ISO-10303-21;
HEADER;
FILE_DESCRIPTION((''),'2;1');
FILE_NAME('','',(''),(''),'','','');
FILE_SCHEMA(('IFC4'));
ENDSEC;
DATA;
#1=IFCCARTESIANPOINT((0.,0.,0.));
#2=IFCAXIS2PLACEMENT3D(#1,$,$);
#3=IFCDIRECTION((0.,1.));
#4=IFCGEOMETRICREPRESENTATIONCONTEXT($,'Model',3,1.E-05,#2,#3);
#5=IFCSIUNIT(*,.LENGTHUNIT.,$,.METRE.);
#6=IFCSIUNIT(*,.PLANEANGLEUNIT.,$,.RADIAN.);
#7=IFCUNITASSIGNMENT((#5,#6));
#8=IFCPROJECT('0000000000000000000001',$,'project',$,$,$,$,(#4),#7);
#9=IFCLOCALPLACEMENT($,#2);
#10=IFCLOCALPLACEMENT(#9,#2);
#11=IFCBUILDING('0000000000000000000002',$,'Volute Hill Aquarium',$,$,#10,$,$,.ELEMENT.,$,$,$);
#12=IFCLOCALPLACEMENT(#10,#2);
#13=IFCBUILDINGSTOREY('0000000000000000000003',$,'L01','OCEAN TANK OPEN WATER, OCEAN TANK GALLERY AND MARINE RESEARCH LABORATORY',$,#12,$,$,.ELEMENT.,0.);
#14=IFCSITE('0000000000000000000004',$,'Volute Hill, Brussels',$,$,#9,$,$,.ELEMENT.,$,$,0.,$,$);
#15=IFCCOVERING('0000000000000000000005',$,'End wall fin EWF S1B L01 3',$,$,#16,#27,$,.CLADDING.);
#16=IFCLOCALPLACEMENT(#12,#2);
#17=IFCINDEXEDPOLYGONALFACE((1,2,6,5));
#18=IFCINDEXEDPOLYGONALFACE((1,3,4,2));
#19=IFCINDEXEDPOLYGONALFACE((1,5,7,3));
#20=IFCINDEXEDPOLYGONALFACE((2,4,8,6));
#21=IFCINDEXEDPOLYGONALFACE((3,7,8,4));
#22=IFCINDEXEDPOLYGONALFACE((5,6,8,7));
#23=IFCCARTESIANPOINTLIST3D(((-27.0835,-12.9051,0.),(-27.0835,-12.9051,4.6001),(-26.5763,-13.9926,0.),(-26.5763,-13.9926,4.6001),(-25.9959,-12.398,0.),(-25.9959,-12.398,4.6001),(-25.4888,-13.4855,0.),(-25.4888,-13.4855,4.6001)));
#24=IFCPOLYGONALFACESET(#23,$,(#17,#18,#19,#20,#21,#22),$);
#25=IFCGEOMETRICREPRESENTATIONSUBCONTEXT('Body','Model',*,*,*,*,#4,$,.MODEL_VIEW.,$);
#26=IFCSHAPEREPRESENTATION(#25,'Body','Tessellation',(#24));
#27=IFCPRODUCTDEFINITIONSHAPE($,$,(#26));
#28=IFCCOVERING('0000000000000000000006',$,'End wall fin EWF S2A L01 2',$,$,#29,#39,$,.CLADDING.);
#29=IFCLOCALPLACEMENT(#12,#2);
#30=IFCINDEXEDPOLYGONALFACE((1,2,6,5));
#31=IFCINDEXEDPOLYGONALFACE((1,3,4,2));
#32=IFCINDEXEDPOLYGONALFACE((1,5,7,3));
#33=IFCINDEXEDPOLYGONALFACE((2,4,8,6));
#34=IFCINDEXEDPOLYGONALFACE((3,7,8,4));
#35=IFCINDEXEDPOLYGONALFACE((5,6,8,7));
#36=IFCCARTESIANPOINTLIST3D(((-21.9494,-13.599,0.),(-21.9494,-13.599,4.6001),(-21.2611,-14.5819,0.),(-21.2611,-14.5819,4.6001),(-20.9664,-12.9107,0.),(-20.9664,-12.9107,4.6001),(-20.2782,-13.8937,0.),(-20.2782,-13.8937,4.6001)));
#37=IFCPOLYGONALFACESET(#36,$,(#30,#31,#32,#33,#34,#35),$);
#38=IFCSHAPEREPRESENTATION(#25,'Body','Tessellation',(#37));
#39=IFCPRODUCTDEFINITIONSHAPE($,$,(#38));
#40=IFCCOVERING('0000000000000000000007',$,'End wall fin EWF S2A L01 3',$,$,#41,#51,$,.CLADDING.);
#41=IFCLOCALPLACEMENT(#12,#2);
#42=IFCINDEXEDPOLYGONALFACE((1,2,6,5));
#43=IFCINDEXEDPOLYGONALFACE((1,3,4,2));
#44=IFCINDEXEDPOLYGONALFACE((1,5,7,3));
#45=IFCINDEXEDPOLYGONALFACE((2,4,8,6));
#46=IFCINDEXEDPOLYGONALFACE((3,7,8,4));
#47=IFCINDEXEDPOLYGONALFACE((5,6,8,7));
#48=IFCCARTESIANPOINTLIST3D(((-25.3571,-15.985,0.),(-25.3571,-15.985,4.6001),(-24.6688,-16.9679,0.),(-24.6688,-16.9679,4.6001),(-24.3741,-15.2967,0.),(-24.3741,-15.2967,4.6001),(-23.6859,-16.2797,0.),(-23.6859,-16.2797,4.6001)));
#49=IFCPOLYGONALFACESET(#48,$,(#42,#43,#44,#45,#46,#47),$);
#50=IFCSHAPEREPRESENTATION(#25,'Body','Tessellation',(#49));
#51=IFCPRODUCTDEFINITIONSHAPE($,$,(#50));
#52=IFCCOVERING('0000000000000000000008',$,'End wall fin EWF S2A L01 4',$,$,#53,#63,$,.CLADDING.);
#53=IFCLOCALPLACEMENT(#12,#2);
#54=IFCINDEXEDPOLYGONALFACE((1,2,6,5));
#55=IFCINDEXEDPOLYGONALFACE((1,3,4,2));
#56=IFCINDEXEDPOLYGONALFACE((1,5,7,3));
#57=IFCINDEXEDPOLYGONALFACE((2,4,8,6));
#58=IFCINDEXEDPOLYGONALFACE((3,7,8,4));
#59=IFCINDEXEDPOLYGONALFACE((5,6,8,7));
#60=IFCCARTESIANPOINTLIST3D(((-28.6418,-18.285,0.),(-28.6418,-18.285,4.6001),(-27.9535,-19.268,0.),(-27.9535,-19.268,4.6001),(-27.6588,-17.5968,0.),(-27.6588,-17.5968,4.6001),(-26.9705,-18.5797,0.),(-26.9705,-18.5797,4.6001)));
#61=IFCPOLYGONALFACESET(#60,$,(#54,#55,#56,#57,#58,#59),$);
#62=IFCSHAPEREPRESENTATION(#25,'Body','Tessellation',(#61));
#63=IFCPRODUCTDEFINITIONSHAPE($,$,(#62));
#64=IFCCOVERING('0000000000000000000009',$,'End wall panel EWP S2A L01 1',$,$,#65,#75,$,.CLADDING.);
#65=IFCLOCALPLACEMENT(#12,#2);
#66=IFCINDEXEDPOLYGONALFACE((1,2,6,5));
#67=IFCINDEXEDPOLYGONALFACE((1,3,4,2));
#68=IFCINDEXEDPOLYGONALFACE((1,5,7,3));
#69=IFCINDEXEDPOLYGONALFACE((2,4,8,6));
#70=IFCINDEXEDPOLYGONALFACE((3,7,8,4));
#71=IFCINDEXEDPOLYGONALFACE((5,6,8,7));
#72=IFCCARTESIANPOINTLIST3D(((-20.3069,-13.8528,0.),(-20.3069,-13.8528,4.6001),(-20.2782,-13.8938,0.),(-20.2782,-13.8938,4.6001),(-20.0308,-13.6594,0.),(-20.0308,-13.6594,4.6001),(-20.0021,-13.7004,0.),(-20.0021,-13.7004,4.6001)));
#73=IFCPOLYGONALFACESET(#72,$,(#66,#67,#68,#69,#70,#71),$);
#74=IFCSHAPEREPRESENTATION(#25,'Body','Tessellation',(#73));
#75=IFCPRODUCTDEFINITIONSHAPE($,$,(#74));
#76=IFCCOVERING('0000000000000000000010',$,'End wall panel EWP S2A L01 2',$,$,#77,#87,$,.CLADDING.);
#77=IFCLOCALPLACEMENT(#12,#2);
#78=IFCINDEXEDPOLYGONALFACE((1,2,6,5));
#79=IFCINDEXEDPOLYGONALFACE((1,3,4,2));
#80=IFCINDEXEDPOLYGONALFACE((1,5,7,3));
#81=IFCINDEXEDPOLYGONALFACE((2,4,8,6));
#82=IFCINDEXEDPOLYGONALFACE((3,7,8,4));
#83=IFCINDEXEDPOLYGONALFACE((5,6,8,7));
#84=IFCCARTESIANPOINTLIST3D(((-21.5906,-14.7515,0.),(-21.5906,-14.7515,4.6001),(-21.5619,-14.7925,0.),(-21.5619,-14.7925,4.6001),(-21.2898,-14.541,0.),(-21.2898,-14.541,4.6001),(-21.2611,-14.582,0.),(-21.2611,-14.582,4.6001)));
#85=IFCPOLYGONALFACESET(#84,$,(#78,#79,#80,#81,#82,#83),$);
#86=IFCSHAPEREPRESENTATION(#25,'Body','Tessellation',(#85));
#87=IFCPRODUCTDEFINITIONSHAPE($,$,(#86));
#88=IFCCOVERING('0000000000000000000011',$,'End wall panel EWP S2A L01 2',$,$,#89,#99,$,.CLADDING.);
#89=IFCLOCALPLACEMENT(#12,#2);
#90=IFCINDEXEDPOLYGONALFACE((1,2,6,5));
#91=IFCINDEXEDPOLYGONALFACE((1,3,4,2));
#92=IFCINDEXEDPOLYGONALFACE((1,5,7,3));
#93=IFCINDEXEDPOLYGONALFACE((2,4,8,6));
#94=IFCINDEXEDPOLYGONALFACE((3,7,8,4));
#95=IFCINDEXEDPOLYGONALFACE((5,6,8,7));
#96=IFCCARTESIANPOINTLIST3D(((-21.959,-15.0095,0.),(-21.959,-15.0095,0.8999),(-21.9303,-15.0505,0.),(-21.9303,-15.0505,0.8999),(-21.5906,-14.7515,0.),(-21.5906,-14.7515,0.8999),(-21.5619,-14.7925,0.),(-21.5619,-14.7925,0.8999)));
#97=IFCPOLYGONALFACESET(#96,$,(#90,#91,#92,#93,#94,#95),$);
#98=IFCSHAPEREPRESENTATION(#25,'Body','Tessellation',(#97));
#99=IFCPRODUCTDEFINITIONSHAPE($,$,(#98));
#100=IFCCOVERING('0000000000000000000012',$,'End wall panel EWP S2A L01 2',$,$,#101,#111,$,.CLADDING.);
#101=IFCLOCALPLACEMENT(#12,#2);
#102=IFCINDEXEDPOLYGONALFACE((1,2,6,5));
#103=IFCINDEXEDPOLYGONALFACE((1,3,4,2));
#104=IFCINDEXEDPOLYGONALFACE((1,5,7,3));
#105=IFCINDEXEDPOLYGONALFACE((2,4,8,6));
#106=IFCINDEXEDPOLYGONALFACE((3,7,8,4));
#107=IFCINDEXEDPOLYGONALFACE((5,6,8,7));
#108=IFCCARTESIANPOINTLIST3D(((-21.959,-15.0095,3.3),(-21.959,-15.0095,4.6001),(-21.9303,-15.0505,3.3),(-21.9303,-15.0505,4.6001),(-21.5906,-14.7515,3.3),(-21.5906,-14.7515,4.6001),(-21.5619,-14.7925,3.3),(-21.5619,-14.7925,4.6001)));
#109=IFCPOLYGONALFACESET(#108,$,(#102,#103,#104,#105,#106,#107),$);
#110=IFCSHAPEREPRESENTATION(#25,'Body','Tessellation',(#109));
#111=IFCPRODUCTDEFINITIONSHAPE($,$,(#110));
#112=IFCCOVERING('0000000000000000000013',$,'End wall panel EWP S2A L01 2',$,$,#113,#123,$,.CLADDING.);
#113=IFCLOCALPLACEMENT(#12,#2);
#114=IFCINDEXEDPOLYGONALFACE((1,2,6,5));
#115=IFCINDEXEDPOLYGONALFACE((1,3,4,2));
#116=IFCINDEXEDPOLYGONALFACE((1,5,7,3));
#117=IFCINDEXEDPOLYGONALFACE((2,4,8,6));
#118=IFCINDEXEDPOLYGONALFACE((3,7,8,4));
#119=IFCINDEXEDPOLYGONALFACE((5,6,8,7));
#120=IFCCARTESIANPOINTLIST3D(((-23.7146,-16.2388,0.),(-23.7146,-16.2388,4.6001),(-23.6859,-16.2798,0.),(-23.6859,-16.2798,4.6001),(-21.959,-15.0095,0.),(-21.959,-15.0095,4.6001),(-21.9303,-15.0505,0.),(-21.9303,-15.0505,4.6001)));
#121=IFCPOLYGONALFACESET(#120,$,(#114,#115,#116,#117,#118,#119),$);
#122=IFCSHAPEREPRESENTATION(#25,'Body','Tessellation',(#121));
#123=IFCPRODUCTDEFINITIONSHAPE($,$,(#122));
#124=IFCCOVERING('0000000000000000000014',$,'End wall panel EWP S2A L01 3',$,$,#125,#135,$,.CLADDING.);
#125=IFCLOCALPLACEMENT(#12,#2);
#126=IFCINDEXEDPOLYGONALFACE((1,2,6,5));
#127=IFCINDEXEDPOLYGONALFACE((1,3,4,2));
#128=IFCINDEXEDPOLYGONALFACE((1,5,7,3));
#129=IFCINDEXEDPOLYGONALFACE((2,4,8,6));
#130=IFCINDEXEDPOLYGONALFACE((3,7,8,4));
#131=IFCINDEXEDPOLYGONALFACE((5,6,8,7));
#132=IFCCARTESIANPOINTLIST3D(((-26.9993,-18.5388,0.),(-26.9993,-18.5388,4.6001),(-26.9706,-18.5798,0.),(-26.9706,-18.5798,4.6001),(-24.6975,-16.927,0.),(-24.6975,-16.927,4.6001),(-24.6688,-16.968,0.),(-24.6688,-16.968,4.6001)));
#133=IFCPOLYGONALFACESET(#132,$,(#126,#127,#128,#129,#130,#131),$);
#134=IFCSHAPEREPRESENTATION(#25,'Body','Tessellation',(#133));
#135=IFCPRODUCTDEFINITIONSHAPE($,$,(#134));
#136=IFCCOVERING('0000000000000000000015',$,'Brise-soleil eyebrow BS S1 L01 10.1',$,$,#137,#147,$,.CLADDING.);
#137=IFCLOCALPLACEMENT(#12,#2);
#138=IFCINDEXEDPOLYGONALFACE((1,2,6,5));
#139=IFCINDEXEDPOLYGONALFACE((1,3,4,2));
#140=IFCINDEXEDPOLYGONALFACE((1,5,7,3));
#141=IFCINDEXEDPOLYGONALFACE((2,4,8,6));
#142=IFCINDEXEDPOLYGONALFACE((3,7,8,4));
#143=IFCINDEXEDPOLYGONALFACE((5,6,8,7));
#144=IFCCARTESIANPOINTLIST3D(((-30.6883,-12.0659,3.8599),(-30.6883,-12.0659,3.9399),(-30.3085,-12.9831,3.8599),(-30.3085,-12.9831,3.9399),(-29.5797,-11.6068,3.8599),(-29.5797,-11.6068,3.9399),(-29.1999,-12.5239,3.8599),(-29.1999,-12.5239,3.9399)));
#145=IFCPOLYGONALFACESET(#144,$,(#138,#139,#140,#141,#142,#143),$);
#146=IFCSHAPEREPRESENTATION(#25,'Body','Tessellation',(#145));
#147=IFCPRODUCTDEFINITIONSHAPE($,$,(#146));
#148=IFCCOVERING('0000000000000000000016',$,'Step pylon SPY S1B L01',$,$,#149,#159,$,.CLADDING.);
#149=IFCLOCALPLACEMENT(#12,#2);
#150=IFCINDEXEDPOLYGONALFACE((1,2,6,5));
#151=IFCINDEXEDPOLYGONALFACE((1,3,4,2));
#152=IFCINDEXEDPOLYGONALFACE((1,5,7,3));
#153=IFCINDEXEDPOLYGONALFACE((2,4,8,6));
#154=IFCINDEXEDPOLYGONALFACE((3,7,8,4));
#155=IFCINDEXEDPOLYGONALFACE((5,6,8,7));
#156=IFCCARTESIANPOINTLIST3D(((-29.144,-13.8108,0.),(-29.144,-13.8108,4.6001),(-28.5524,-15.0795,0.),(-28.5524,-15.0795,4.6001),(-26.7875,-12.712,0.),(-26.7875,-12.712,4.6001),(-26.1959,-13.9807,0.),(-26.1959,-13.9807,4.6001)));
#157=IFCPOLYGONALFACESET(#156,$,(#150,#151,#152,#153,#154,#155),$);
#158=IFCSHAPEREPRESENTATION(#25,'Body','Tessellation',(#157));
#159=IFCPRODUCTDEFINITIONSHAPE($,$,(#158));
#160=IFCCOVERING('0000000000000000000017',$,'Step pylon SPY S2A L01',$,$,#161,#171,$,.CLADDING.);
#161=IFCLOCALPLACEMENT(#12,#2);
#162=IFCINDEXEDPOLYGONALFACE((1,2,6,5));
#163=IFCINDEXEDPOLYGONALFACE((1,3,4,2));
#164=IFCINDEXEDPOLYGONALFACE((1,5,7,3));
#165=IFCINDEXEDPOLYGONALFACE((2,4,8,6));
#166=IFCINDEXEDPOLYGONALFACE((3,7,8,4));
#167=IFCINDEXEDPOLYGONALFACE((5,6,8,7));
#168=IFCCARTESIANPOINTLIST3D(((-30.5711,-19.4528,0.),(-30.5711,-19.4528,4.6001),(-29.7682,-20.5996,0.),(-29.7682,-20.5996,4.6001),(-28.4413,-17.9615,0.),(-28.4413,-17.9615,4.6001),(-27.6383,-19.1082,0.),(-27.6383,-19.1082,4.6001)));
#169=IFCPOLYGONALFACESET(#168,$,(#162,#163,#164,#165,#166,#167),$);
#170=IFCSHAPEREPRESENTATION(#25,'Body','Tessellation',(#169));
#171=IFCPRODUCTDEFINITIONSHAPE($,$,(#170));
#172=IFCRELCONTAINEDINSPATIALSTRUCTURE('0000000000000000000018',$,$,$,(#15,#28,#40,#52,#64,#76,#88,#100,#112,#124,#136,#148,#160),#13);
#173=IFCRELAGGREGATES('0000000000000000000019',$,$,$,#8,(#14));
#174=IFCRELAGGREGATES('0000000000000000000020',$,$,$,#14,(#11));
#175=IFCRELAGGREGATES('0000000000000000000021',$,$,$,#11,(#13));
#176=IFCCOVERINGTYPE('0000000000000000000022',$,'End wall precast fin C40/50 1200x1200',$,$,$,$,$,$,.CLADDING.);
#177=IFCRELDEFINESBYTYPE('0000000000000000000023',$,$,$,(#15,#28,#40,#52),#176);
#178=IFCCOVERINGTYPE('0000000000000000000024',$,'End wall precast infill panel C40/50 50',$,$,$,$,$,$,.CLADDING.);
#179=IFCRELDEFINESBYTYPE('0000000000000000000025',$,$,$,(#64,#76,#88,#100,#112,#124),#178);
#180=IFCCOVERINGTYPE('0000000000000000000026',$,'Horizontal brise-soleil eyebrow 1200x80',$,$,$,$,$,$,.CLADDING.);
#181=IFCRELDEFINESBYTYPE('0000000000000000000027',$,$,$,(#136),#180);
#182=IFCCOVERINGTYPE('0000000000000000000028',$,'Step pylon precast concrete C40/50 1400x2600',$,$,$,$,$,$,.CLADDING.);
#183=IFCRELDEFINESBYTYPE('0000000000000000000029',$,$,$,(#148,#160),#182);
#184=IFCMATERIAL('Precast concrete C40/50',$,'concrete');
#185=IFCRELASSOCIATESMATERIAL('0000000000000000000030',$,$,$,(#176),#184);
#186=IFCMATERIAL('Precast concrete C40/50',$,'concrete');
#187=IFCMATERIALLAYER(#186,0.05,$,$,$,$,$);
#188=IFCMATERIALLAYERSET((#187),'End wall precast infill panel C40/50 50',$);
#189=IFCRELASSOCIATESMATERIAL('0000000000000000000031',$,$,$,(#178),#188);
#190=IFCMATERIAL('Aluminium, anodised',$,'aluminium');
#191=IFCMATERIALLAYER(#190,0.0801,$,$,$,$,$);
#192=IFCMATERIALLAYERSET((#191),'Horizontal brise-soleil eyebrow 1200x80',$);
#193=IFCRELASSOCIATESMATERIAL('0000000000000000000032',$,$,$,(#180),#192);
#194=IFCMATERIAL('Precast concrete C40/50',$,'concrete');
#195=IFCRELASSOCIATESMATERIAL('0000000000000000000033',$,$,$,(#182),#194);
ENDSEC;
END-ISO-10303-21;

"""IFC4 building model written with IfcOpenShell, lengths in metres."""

from ifc_helpers import new_model, si_unit, direction, frame, origin, origin_2d, place, context, subcontext, project, spatial, polyline, rectangle, outline, extrude, material, layer, layer_set, type_object, element, save


model = new_model("IFC4")

# Units and contexts
model_context = context("Model", 3, precision=1e-05, world=origin(), true_north=direction((0.0, 1.0)))
body_context = subcontext(model_context, "Body", "Model", "MODEL_VIEW")
ifc_project = project(units=[si_unit("LENGTHUNIT", "METRE"), si_unit("PLANEANGLEUNIT", "RADIAN")], contexts=[model_context])

# Site, building, storey
site_placement = place(None, origin())
site = spatial("IfcSite", under=ifc_project, at=site_placement, Name="Volute Hill, Brussels", CompositionType="ELEMENT", RefElevation=0.0)
building_placement = place(site_placement, origin())
building = spatial("IfcBuilding", under=site, at=building_placement, Name="Volute Hill Aquarium", CompositionType="ELEMENT")
storey_placement = place(building_placement, origin())
storey = spatial("IfcBuildingStorey", under=building, at=storey_placement, Name="L01", Description="OCEAN TANK OPEN WATER, OCEAN TANK GALLERY AND MARINE RESEARCH LABORATORY", CompositionType="ELEMENT", Elevation=0.0)

# Coverings
ifc_material_1 = material(Name="Precast concrete C40/50", Category="concrete")
covering_type_1 = type_object("IfcCoveringType", Name="End wall precast fin C40/50 1200x1200", PredefinedType="CLADDING", material=ifc_material_1)
for number, where, z_axis, x_axis, name in (
    (1, (-26.2861, -13.1953, 0.0), (0.0, 0.0, 1.0), (-0.906304, -0.422626, 0.0), "End wall fin EWF S1B L01 3"),
    (2, (-21.1138, -13.7463, 0.0), (0.0, 0.0, 1.0), (-0.819154, -0.573574, 0.0), "End wall fin EWF S2A L01 2"),
    (3, (-24.5215, -16.1323, 0.0), (0.0, 0.0, 1.0), (-0.819154, -0.573574, 0.0), "End wall fin EWF S2A L01 3"),
    (4, (-27.8062, -18.4324, 0.0), (0.0, 0.0, 1.0), (-0.819154, -0.573574, 0.0), "End wall fin EWF S2A L01 4"),
):
    element("IfcCovering", number, at=place(storey_placement, frame(where, z_axis=z_axis, x_axis=x_axis)), inside=storey, type_object=covering_type_1, Name=name, PredefinedType="CLADDING", context=body_context, shape_type="SweptSolid", body=[
        extrude(rectangle(XDim=1.2, YDim=1.2, at=origin_2d()), origin(), (0.0, 0.0, 1.0), 4.6001),
    ])
ifc_material_2 = material(Name="Precast concrete C40/50", Category="concrete")
ifc_layer_1 = layer(ifc_material_2, 0.05)
ifc_layer_set_1 = layer_set([ifc_layer_1], Name="End wall precast infill panel C40/50 50")
covering_type_2 = type_object("IfcCoveringType", Name="End wall precast infill panel C40/50 50", PredefinedType="CLADDING", material=ifc_layer_set_1)
covering_1_placement = place(storey_placement, frame((-20.0308, -13.6594, 0.0), z_axis=(-0.573608, 0.81913, 0.0), x_axis=(-0.81913, -0.573608, 0.0)))
element("IfcCovering", 5, at=covering_1_placement, inside=storey, type_object=covering_type_2, Name="End wall panel EWP S2A L01 1", PredefinedType="CLADDING", context=body_context, shape_type="SweptSolid", body=[
    extrude(outline(polyline([(0.0, 0.0), (0.3371, 0.0), (0.3371, 4.6001), (0.0, 4.6001), (0.0, 0.0)])), origin(), (0.0, 0.0, -1.0), 0.05),
])
covering_2_placement = place(storey_placement, frame((-21.2898, -14.541, 0.0), z_axis=(-0.573284, 0.819357, 0.0), x_axis=(-0.819357, -0.573284, 0.0)))
element("IfcCovering", 6, at=covering_2_placement, inside=storey, type_object=covering_type_2, Name="End wall panel EWP S2A L01 2", PredefinedType="CLADDING", context=body_context, shape_type="SweptSolid", body=[
    extrude(outline(polyline([(0.0, 0.0), (0.3671, 0.0), (0.3671, 4.6001), (0.0, 4.6001), (0.0, 0.0)])), origin(), (0.0, 0.0, -1.0), 0.05),
])
covering_3_placement = place(storey_placement, frame((-21.5906, -14.7515, 0.0), z_axis=(-0.573717, 0.819053, 0.0), x_axis=(-0.819053, -0.573717, 0.0)))
element("IfcCovering", 7, at=covering_3_placement, inside=storey, type_object=covering_type_2, Name="End wall panel EWP S2A L01 2", PredefinedType="CLADDING", context=body_context, shape_type="SweptSolid", body=[
    extrude(outline(polyline([(0.0, 0.0), (0.4498, 0.0), (0.4498, 0.8999), (0.0, 0.8999), (0.0, 0.0)])), origin(), (0.0, 0.0, -1.0), 0.05),
])
covering_4_placement = place(storey_placement, frame((-21.5906, -14.7515, 3.3), z_axis=(-0.573717, 0.819053, 0.0), x_axis=(-0.819053, -0.573717, 0.0)))
element("IfcCovering", 8, at=covering_4_placement, inside=storey, type_object=covering_type_2, Name="End wall panel EWP S2A L01 2", PredefinedType="CLADDING", context=body_context, shape_type="SweptSolid", body=[
    extrude(outline(polyline([(0.0, 0.0), (0.4498, 0.0), (0.4498, 1.3), (0.0, 1.3), (0.0, 0.0)])), origin(), (0.0, 0.0, -1.0), 0.05),
])
covering_5_placement = place(storey_placement, frame((-21.959, -15.0095, 0.0), z_axis=(-0.573562, 0.819162, 0.0), x_axis=(-0.819162, -0.573562, 0.0)))
element("IfcCovering", 9, at=covering_5_placement, inside=storey, type_object=covering_type_2, Name="End wall panel EWP S2A L01 2", PredefinedType="CLADDING", context=body_context, shape_type="SweptSolid", body=[
    extrude(outline(polyline([(0.0, 0.0), (2.1432, 0.0), (2.1432, 4.6001), (0.0, 4.6001), (0.0, 0.0)])), origin(), (0.0, 0.0, -1.0), 0.05),
])
covering_6_placement = place(storey_placement, frame((-24.6975, -16.927, 0.0), z_axis=(-0.573602, 0.819134, 0.0), x_axis=(-0.819134, -0.573602, 0.0)))
element("IfcCovering", 10, at=covering_6_placement, inside=storey, type_object=covering_type_2, Name="End wall panel EWP S2A L01 3", PredefinedType="CLADDING", context=body_context, shape_type="SweptSolid", body=[
    extrude(outline(polyline([(0.0, 0.0), (2.81, 0.0), (2.81, 4.6001), (0.0, 4.6001), (0.0, 0.0)])), origin(), (0.0, 0.0, -1.0), 0.05),
])

# Coverings
ifc_material_3 = material(Name="Aluminium, anodised", Category="aluminium")
ifc_layer_2 = layer(ifc_material_3, 0.0801)
ifc_layer_set_2 = layer_set([ifc_layer_2], Name="Horizontal brise-soleil eyebrow 1200x80")
covering_type_3 = type_object("IfcCoveringType", Name="Horizontal brise-soleil eyebrow 1200x80", PredefinedType="CLADDING", material=ifc_layer_set_2)
covering_7_placement = place(storey_placement, frame((-29.9441, -12.2949, 3.8599), z_axis=(0.0, 0.0, 1.0), x_axis=(0.382662, -0.923889, 0.0)))
element("IfcCovering", 11, at=covering_7_placement, inside=storey, type_object=covering_type_3, Name="Brise-soleil eyebrow BS S1 L01 10.1", PredefinedType="CLADDING", context=body_context, shape_type="SweptSolid", body=[
    extrude(rectangle(XDim=0.9927, YDim=1.2, at=origin_2d()), origin(), (0.0, 0.0, 1.0), 0.0801),
])
ifc_material_4 = material(Name="Precast concrete C40/50", Category="concrete")
covering_type_4 = type_object("IfcCoveringType", Name="Step pylon precast concrete C40/50 1400x2600", PredefinedType="CLADDING", material=ifc_material_4)
for number, where, z_axis, x_axis, name in (
    (12, (-27.6699, -13.8958, 0.0), (0.0, 0.0, 1.0), (-0.906308, -0.422618, 0.0), "Step pylon SPY S1B L01"),
    (13, (-29.1047, -19.2805, 0.0), (0.0, 0.0, 1.0), (-0.819152, -0.573576, 0.0), "Step pylon SPY S2A L01"),
):
    element("IfcCovering", number, at=place(storey_placement, frame(where, z_axis=z_axis, x_axis=x_axis)), inside=storey, type_object=covering_type_4, Name=name, PredefinedType="CLADDING", context=body_context, shape_type="SweptSolid", body=[
        extrude(rectangle(XDim=2.6001, YDim=1.3999, at=origin_2d()), origin(), (0.0, 0.0, 1.0), 4.6001),
    ])

save(model, "model.ifc")
